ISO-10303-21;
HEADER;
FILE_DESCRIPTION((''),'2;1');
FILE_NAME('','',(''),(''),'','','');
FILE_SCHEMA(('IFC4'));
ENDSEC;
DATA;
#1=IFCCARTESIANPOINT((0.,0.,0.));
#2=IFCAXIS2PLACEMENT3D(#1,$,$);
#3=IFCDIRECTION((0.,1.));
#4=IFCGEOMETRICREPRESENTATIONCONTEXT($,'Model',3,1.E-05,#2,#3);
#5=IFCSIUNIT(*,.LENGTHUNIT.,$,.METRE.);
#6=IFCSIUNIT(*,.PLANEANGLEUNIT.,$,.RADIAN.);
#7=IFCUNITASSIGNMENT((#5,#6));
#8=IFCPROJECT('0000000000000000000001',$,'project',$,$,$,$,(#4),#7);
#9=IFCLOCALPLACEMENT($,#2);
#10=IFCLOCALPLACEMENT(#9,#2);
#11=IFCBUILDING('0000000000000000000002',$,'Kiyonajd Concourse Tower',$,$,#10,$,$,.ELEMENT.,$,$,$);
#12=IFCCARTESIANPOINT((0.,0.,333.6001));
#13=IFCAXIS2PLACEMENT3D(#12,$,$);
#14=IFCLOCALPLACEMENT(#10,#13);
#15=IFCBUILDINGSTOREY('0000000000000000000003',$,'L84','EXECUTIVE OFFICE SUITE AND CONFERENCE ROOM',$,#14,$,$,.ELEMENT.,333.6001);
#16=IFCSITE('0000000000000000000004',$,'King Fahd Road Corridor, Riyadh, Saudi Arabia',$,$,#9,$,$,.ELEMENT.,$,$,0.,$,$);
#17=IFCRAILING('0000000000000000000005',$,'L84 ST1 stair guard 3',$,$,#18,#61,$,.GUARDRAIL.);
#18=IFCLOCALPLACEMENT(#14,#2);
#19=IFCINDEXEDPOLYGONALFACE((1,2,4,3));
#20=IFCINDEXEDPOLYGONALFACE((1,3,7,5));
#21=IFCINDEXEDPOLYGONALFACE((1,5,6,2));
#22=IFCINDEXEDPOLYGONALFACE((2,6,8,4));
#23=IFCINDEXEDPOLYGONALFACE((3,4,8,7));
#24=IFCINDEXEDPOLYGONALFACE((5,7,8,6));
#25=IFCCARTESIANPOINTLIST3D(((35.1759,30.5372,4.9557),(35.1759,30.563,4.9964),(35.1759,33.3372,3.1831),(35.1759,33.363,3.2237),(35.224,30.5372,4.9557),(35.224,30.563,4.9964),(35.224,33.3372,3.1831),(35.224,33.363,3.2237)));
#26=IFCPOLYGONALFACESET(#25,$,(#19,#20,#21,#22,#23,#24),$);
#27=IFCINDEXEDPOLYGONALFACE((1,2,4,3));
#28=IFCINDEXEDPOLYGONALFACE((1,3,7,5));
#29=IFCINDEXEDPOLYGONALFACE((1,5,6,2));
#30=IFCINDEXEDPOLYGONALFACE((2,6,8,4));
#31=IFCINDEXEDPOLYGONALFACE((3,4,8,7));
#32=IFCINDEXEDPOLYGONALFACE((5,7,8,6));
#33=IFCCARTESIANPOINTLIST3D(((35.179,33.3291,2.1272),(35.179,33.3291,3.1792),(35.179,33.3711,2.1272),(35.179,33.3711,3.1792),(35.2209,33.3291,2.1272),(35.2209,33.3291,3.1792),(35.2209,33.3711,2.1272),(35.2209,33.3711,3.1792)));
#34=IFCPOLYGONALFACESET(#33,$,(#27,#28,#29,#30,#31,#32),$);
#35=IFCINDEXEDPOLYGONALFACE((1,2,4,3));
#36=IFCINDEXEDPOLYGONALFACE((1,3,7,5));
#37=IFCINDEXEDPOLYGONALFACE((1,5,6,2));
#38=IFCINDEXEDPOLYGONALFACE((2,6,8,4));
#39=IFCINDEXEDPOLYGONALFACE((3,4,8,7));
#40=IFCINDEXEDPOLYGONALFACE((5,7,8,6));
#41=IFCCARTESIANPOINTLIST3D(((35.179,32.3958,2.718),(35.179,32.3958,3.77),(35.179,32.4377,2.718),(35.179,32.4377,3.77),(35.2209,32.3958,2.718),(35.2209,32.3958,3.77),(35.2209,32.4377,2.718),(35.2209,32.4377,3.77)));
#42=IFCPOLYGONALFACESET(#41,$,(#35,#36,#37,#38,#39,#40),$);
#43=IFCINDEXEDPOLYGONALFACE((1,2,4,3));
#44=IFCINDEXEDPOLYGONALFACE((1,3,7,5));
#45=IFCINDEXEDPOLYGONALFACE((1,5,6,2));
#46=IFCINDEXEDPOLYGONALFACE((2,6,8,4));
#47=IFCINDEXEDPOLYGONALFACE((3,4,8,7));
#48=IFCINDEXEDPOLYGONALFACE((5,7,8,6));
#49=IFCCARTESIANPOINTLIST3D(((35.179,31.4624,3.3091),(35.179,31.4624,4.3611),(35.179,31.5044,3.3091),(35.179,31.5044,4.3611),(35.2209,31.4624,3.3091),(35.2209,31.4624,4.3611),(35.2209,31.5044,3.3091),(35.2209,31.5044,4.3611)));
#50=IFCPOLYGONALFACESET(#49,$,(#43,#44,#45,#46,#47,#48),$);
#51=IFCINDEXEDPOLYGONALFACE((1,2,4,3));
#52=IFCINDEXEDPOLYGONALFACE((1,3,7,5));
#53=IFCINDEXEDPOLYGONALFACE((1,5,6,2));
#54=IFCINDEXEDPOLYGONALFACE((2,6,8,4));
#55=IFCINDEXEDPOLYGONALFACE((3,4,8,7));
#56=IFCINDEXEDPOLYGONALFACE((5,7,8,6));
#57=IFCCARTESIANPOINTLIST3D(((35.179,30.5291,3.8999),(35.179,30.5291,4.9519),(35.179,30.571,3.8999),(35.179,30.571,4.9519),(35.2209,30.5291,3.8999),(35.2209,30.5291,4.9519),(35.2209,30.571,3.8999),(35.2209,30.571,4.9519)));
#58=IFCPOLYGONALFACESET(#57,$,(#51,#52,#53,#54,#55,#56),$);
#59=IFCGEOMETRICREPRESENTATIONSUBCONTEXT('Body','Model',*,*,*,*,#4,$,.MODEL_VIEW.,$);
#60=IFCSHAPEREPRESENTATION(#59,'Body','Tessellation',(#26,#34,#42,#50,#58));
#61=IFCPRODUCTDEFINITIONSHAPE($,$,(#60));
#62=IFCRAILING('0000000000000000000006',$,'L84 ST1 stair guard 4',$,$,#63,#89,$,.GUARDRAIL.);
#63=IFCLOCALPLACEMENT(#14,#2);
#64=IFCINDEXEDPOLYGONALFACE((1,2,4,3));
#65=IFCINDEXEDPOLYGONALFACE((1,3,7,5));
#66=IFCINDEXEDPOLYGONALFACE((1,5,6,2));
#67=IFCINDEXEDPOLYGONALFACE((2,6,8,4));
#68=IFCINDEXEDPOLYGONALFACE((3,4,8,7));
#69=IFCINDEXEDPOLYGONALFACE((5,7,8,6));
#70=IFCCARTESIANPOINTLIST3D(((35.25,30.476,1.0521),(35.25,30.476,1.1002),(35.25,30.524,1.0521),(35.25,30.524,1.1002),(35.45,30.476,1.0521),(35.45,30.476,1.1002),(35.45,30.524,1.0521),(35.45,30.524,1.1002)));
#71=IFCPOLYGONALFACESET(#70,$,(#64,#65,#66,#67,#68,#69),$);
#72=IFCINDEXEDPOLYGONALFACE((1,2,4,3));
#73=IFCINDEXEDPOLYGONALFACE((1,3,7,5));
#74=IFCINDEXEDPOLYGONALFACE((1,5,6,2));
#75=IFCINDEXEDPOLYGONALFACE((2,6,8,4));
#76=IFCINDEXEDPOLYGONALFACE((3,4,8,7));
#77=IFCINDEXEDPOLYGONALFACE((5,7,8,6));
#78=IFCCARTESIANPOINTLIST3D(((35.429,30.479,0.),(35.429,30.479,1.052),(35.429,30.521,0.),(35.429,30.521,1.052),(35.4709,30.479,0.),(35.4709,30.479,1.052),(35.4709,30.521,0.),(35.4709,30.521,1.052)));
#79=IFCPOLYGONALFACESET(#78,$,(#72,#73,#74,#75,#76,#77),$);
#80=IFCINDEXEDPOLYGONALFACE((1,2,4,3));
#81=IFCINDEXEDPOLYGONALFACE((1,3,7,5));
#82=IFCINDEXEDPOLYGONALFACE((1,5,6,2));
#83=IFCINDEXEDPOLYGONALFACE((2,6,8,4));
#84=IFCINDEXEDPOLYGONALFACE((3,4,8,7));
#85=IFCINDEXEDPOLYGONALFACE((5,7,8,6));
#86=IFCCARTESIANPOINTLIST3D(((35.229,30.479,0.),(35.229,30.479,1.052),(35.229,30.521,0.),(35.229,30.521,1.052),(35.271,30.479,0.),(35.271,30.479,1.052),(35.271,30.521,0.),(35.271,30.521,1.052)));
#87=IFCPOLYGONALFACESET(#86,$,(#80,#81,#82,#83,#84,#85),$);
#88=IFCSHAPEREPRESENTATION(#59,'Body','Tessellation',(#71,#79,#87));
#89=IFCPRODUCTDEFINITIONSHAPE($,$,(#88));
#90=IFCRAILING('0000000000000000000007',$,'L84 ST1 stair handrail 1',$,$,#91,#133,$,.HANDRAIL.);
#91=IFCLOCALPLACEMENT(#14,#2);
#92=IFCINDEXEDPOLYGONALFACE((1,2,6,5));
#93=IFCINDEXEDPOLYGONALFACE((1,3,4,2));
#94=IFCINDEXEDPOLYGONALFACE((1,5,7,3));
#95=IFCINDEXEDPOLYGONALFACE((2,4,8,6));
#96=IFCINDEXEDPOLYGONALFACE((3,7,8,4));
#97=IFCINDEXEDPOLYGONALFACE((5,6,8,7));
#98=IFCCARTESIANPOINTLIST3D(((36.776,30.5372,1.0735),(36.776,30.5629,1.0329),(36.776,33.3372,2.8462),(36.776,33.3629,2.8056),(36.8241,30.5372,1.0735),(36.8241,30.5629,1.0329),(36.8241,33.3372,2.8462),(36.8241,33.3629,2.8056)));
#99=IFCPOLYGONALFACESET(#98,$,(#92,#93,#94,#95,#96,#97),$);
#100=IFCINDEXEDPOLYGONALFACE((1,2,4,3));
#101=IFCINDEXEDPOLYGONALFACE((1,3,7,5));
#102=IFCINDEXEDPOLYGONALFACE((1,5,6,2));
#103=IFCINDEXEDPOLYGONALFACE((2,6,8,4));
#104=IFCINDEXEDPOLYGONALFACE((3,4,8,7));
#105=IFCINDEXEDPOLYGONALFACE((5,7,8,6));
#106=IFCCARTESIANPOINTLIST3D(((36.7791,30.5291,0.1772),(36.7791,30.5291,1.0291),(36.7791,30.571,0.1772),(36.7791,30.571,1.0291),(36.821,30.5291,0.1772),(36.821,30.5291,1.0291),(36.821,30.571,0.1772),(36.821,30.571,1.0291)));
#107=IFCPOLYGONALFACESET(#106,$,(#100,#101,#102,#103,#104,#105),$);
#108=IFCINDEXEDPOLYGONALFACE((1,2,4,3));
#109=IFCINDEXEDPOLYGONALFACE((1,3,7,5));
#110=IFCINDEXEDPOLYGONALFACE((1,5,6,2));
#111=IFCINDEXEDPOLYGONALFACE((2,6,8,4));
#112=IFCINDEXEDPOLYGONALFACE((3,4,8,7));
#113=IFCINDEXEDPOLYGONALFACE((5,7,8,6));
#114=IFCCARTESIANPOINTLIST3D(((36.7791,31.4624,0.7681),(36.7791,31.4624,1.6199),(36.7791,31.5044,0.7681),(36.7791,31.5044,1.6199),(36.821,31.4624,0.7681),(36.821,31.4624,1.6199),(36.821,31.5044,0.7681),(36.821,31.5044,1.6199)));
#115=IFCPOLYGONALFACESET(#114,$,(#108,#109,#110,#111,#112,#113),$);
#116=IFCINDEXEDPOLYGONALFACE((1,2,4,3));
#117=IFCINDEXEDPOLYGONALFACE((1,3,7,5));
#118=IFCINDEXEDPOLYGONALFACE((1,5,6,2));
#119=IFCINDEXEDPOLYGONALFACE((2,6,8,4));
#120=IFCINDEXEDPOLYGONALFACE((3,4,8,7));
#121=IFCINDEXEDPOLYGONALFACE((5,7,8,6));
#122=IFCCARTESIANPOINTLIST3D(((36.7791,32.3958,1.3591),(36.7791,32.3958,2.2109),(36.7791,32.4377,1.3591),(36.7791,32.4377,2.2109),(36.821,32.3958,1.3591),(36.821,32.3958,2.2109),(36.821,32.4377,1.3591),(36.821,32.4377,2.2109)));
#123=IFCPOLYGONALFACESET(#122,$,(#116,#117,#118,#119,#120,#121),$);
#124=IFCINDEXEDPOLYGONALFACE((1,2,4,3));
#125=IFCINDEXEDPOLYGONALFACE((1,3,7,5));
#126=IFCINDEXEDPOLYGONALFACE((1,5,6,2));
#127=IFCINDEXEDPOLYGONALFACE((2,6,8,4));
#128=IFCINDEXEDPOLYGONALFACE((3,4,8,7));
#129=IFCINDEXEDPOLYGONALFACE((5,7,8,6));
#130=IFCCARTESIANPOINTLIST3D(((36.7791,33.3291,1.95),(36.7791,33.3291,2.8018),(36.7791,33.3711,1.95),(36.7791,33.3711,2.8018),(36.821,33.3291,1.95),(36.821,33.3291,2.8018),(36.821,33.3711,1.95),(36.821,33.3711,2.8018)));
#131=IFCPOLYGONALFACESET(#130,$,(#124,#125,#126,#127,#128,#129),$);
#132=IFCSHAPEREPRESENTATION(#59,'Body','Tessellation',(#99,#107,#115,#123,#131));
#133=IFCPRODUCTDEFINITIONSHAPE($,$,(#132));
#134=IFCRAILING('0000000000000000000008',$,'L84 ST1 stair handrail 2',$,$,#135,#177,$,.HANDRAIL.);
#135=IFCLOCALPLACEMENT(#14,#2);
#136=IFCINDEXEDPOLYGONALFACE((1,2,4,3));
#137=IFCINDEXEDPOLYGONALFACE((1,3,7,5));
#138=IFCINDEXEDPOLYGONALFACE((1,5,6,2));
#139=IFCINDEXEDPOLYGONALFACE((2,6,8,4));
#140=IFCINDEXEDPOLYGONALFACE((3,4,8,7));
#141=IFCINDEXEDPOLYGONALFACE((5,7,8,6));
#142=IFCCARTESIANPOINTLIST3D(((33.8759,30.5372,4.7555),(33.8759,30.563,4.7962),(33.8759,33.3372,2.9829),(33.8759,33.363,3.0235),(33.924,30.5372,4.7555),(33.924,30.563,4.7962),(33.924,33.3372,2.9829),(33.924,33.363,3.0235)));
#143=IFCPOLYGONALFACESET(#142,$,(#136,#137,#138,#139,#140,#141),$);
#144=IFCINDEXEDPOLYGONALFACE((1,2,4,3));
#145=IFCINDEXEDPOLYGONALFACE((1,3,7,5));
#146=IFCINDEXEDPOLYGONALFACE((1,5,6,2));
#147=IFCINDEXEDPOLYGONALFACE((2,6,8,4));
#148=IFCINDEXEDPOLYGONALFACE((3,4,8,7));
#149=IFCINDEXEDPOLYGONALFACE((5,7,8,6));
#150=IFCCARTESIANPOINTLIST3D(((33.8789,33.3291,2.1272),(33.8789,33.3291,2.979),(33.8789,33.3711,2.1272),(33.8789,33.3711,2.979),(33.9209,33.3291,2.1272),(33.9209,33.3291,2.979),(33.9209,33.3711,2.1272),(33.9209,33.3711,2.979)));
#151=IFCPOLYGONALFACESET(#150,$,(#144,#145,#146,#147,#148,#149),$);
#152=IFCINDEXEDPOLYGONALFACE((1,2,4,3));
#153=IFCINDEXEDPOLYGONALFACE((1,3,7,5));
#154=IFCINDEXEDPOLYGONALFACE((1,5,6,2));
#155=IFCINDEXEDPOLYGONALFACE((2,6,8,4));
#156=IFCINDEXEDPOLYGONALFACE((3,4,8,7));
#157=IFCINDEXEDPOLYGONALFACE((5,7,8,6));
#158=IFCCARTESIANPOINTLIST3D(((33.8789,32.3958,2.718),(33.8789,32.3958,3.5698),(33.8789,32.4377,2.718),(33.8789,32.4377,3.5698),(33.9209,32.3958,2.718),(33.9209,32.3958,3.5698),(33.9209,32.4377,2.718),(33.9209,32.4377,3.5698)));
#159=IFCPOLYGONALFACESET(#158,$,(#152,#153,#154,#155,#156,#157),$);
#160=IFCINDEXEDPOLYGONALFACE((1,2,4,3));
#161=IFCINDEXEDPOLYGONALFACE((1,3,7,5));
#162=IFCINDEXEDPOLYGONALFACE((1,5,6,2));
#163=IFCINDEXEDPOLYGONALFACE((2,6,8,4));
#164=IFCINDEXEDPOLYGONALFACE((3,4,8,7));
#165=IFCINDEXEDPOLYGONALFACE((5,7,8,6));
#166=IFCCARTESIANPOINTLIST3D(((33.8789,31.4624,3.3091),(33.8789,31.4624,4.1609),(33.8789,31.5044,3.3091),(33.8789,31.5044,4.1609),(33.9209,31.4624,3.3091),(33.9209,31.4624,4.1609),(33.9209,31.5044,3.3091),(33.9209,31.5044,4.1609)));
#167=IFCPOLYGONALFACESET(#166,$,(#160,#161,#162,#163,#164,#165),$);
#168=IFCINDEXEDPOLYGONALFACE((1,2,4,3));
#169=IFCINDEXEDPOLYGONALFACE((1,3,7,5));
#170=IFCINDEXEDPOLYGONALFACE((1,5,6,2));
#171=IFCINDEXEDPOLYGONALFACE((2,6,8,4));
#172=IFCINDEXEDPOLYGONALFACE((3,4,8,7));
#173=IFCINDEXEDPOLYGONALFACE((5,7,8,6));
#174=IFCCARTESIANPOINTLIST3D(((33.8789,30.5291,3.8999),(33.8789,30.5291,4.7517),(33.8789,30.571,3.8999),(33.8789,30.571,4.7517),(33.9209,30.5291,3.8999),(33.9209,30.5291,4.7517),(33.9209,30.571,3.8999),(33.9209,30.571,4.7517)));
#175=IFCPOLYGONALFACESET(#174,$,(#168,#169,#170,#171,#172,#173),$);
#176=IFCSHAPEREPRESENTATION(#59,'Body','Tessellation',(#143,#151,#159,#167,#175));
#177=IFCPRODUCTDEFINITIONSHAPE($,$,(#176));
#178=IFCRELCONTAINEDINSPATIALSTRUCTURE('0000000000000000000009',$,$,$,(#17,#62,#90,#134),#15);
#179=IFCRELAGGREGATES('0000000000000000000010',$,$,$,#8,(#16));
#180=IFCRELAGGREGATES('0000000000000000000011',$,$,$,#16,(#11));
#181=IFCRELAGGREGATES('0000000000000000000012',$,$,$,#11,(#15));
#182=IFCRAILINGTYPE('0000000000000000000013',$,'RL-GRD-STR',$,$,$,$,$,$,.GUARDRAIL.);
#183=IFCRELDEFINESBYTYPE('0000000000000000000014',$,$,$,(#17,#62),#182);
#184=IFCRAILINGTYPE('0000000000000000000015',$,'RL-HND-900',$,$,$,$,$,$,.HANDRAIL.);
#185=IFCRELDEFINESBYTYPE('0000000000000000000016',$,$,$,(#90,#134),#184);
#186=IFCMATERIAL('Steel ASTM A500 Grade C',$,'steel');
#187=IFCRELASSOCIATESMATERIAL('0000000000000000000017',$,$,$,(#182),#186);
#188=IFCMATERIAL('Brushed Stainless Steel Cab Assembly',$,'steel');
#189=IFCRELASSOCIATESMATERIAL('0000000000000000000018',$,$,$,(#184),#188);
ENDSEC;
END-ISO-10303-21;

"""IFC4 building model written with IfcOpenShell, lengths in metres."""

from ifc_helpers import new_model, si_unit, direction, frame, origin, origin_2d, place, context, subcontext, project, spatial, rectangle, extrude, material, type_object, element, save


model = new_model("IFC4")

# Units and contexts
model_context = context("Model", 3, precision=1e-05, world=origin(), true_north=direction((0.0, 1.0)))
body_context = subcontext(model_context, "Body", "Model", "MODEL_VIEW")
ifc_project = project(units=[si_unit("LENGTHUNIT", "METRE"), si_unit("PLANEANGLEUNIT", "RADIAN")], contexts=[model_context])

# Site, building, storey
site_placement = place(None, origin())
site = spatial("IfcSite", under=ifc_project, at=site_placement, Name="King Fahd Road Corridor, Riyadh, Saudi Arabia", CompositionType="ELEMENT", RefElevation=0.0)
building_placement = place(site_placement, origin())
building = spatial("IfcBuilding", under=site, at=building_placement, Name="Kiyonajd Concourse Tower", CompositionType="ELEMENT")
storey_placement = place(building_placement, frame((0.0, 0.0, 333.6001)))
storey = spatial("IfcBuildingStorey", under=building, at=storey_placement, Name="L84", Description="EXECUTIVE OFFICE SUITE AND CONFERENCE ROOM", CompositionType="ELEMENT", Elevation=333.6001)

# Shared definitions
ifc_material_1 = material(Name="Brushed Stainless Steel Cab Assembly", Category="steel")

# Railings
ifc_material_2 = material(Name="Steel ASTM A500 Grade C", Category="steel")
railing_type_1 = type_object("IfcRailingType", Name="RL-GRD-STR", PredefinedType="GUARDRAIL", material=ifc_material_2)
railing_1_placement = place(storey_placement, frame((35.2, 33.3501, 2.1272)))
element("IfcRailing", 1, at=railing_1_placement, inside=storey, type_object=railing_type_1, Name="L84 ST1 stair guard 3", PredefinedType="GUARDRAIL", context=body_context, shape_type="SweptSolid", body=[
    extrude(rectangle(XDim=0.0481, YDim=0.0481, at=origin_2d()), frame((0.0, 0.0, 1.0762), z_axis=(0.0, -0.844909, 0.53491), x_axis=(1.0, 0.0, 0.0)), (0.0, 0.0, 1.0), 3.314),
    extrude(rectangle(XDim=0.042, YDim=0.042, at=origin_2d()), origin(), (0.0, 0.0, 1.0), 1.052),
    extrude(rectangle(XDim=0.042, YDim=0.042, at=origin_2d()), frame((0.0, -0.9333, 0.5908)), (0.0, 0.0, 1.0), 1.052),
    extrude(rectangle(XDim=0.042, YDim=0.042, at=origin_2d()), frame((0.0, -1.8667, 1.1819)), (0.0, 0.0, 1.0), 1.052),
    extrude(rectangle(XDim=0.042, YDim=0.042, at=origin_2d()), frame((0.0, -2.8, 1.7727)), (0.0, 0.0, 1.0), 1.052),
])
railing_2_placement = place(storey_placement, frame((35.45, 30.5, 0.0)))
element("IfcRailing", 2, at=railing_2_placement, inside=storey, type_object=railing_type_1, Name="L84 ST1 stair guard 4", PredefinedType="GUARDRAIL", context=body_context, shape_type="SweptSolid", body=[
    extrude(rectangle(XDim=0.0481, YDim=0.0481, at=origin_2d()), frame((0.0, 0.0, 1.0762), z_axis=(-1.0, 0.0, 0.0), x_axis=(0.0, -1.0, 0.0)), (0.0, 0.0, 1.0), 0.2),
    extrude(rectangle(XDim=0.042, YDim=0.042, at=origin_2d()), origin(), (0.0, 0.0, 1.0), 1.052),
    extrude(rectangle(XDim=0.042, YDim=0.042, at=origin_2d()), frame((-0.2, 0.0, 0.0)), (0.0, 0.0, 1.0), 1.052),
])
railing_type_2 = type_object("IfcRailingType", Name="RL-HND-900", PredefinedType="HANDRAIL", material=ifc_material_1)
railing_3_placement = place(storey_placement, frame((36.8, 30.55, 0.1772)))
element("IfcRailing", 3, at=railing_3_placement, inside=storey, type_object=railing_type_2, Name="L84 ST1 stair handrail 1", PredefinedType="HANDRAIL", context=body_context, shape_type="SweptSolid", body=[
    extrude(rectangle(XDim=0.0481, YDim=0.0481, at=origin_2d()), frame((0.0, 0.0, 0.876), z_axis=(0.0, 0.844909, 0.53491), x_axis=(-1.0, 0.0, 0.0)), (0.0, 0.0, 1.0), 3.314),
    extrude(rectangle(XDim=0.042, YDim=0.042, at=origin_2d()), origin(), (0.0, 0.0, 1.0), 0.8518),
    extrude(rectangle(XDim=0.042, YDim=0.042, at=origin_2d()), frame((0.0, 0.9333, 0.5908)), (0.0, 0.0, 1.0), 0.8518),
    extrude(rectangle(XDim=0.042, YDim=0.042, at=origin_2d()), frame((0.0, 1.8667, 1.1819)), (0.0, 0.0, 1.0), 0.8518),
    extrude(rectangle(XDim=0.042, YDim=0.042, at=origin_2d()), frame((0.0, 2.8, 1.7727)), (0.0, 0.0, 1.0), 0.8518),
])
railing_4_placement = place(storey_placement, frame((33.8999, 33.3501, 2.1272)))
element("IfcRailing", 4, at=railing_4_placement, inside=storey, type_object=railing_type_2, Name="L84 ST1 stair handrail 2", PredefinedType="HANDRAIL", context=body_context, shape_type="SweptSolid", body=[
    extrude(rectangle(XDim=0.0481, YDim=0.0481, at=origin_2d()), frame((0.0, 0.0, 0.876), z_axis=(0.0, -0.844909, 0.53491), x_axis=(1.0, 0.0, 0.0)), (0.0, 0.0, 1.0), 3.314),
    extrude(rectangle(XDim=0.042, YDim=0.042, at=origin_2d()), origin(), (0.0, 0.0, 1.0), 0.8518),
    extrude(rectangle(XDim=0.042, YDim=0.042, at=origin_2d()), frame((0.0, -0.9333, 0.5908)), (0.0, 0.0, 1.0), 0.8518),
    extrude(rectangle(XDim=0.042, YDim=0.042, at=origin_2d()), frame((0.0, -1.8667, 1.1819)), (0.0, 0.0, 1.0), 0.8518),
    extrude(rectangle(XDim=0.042, YDim=0.042, at=origin_2d()), frame((0.0, -2.8, 1.7727)), (0.0, 0.0, 1.0), 0.8518),
])

save(model, "model.ifc")
